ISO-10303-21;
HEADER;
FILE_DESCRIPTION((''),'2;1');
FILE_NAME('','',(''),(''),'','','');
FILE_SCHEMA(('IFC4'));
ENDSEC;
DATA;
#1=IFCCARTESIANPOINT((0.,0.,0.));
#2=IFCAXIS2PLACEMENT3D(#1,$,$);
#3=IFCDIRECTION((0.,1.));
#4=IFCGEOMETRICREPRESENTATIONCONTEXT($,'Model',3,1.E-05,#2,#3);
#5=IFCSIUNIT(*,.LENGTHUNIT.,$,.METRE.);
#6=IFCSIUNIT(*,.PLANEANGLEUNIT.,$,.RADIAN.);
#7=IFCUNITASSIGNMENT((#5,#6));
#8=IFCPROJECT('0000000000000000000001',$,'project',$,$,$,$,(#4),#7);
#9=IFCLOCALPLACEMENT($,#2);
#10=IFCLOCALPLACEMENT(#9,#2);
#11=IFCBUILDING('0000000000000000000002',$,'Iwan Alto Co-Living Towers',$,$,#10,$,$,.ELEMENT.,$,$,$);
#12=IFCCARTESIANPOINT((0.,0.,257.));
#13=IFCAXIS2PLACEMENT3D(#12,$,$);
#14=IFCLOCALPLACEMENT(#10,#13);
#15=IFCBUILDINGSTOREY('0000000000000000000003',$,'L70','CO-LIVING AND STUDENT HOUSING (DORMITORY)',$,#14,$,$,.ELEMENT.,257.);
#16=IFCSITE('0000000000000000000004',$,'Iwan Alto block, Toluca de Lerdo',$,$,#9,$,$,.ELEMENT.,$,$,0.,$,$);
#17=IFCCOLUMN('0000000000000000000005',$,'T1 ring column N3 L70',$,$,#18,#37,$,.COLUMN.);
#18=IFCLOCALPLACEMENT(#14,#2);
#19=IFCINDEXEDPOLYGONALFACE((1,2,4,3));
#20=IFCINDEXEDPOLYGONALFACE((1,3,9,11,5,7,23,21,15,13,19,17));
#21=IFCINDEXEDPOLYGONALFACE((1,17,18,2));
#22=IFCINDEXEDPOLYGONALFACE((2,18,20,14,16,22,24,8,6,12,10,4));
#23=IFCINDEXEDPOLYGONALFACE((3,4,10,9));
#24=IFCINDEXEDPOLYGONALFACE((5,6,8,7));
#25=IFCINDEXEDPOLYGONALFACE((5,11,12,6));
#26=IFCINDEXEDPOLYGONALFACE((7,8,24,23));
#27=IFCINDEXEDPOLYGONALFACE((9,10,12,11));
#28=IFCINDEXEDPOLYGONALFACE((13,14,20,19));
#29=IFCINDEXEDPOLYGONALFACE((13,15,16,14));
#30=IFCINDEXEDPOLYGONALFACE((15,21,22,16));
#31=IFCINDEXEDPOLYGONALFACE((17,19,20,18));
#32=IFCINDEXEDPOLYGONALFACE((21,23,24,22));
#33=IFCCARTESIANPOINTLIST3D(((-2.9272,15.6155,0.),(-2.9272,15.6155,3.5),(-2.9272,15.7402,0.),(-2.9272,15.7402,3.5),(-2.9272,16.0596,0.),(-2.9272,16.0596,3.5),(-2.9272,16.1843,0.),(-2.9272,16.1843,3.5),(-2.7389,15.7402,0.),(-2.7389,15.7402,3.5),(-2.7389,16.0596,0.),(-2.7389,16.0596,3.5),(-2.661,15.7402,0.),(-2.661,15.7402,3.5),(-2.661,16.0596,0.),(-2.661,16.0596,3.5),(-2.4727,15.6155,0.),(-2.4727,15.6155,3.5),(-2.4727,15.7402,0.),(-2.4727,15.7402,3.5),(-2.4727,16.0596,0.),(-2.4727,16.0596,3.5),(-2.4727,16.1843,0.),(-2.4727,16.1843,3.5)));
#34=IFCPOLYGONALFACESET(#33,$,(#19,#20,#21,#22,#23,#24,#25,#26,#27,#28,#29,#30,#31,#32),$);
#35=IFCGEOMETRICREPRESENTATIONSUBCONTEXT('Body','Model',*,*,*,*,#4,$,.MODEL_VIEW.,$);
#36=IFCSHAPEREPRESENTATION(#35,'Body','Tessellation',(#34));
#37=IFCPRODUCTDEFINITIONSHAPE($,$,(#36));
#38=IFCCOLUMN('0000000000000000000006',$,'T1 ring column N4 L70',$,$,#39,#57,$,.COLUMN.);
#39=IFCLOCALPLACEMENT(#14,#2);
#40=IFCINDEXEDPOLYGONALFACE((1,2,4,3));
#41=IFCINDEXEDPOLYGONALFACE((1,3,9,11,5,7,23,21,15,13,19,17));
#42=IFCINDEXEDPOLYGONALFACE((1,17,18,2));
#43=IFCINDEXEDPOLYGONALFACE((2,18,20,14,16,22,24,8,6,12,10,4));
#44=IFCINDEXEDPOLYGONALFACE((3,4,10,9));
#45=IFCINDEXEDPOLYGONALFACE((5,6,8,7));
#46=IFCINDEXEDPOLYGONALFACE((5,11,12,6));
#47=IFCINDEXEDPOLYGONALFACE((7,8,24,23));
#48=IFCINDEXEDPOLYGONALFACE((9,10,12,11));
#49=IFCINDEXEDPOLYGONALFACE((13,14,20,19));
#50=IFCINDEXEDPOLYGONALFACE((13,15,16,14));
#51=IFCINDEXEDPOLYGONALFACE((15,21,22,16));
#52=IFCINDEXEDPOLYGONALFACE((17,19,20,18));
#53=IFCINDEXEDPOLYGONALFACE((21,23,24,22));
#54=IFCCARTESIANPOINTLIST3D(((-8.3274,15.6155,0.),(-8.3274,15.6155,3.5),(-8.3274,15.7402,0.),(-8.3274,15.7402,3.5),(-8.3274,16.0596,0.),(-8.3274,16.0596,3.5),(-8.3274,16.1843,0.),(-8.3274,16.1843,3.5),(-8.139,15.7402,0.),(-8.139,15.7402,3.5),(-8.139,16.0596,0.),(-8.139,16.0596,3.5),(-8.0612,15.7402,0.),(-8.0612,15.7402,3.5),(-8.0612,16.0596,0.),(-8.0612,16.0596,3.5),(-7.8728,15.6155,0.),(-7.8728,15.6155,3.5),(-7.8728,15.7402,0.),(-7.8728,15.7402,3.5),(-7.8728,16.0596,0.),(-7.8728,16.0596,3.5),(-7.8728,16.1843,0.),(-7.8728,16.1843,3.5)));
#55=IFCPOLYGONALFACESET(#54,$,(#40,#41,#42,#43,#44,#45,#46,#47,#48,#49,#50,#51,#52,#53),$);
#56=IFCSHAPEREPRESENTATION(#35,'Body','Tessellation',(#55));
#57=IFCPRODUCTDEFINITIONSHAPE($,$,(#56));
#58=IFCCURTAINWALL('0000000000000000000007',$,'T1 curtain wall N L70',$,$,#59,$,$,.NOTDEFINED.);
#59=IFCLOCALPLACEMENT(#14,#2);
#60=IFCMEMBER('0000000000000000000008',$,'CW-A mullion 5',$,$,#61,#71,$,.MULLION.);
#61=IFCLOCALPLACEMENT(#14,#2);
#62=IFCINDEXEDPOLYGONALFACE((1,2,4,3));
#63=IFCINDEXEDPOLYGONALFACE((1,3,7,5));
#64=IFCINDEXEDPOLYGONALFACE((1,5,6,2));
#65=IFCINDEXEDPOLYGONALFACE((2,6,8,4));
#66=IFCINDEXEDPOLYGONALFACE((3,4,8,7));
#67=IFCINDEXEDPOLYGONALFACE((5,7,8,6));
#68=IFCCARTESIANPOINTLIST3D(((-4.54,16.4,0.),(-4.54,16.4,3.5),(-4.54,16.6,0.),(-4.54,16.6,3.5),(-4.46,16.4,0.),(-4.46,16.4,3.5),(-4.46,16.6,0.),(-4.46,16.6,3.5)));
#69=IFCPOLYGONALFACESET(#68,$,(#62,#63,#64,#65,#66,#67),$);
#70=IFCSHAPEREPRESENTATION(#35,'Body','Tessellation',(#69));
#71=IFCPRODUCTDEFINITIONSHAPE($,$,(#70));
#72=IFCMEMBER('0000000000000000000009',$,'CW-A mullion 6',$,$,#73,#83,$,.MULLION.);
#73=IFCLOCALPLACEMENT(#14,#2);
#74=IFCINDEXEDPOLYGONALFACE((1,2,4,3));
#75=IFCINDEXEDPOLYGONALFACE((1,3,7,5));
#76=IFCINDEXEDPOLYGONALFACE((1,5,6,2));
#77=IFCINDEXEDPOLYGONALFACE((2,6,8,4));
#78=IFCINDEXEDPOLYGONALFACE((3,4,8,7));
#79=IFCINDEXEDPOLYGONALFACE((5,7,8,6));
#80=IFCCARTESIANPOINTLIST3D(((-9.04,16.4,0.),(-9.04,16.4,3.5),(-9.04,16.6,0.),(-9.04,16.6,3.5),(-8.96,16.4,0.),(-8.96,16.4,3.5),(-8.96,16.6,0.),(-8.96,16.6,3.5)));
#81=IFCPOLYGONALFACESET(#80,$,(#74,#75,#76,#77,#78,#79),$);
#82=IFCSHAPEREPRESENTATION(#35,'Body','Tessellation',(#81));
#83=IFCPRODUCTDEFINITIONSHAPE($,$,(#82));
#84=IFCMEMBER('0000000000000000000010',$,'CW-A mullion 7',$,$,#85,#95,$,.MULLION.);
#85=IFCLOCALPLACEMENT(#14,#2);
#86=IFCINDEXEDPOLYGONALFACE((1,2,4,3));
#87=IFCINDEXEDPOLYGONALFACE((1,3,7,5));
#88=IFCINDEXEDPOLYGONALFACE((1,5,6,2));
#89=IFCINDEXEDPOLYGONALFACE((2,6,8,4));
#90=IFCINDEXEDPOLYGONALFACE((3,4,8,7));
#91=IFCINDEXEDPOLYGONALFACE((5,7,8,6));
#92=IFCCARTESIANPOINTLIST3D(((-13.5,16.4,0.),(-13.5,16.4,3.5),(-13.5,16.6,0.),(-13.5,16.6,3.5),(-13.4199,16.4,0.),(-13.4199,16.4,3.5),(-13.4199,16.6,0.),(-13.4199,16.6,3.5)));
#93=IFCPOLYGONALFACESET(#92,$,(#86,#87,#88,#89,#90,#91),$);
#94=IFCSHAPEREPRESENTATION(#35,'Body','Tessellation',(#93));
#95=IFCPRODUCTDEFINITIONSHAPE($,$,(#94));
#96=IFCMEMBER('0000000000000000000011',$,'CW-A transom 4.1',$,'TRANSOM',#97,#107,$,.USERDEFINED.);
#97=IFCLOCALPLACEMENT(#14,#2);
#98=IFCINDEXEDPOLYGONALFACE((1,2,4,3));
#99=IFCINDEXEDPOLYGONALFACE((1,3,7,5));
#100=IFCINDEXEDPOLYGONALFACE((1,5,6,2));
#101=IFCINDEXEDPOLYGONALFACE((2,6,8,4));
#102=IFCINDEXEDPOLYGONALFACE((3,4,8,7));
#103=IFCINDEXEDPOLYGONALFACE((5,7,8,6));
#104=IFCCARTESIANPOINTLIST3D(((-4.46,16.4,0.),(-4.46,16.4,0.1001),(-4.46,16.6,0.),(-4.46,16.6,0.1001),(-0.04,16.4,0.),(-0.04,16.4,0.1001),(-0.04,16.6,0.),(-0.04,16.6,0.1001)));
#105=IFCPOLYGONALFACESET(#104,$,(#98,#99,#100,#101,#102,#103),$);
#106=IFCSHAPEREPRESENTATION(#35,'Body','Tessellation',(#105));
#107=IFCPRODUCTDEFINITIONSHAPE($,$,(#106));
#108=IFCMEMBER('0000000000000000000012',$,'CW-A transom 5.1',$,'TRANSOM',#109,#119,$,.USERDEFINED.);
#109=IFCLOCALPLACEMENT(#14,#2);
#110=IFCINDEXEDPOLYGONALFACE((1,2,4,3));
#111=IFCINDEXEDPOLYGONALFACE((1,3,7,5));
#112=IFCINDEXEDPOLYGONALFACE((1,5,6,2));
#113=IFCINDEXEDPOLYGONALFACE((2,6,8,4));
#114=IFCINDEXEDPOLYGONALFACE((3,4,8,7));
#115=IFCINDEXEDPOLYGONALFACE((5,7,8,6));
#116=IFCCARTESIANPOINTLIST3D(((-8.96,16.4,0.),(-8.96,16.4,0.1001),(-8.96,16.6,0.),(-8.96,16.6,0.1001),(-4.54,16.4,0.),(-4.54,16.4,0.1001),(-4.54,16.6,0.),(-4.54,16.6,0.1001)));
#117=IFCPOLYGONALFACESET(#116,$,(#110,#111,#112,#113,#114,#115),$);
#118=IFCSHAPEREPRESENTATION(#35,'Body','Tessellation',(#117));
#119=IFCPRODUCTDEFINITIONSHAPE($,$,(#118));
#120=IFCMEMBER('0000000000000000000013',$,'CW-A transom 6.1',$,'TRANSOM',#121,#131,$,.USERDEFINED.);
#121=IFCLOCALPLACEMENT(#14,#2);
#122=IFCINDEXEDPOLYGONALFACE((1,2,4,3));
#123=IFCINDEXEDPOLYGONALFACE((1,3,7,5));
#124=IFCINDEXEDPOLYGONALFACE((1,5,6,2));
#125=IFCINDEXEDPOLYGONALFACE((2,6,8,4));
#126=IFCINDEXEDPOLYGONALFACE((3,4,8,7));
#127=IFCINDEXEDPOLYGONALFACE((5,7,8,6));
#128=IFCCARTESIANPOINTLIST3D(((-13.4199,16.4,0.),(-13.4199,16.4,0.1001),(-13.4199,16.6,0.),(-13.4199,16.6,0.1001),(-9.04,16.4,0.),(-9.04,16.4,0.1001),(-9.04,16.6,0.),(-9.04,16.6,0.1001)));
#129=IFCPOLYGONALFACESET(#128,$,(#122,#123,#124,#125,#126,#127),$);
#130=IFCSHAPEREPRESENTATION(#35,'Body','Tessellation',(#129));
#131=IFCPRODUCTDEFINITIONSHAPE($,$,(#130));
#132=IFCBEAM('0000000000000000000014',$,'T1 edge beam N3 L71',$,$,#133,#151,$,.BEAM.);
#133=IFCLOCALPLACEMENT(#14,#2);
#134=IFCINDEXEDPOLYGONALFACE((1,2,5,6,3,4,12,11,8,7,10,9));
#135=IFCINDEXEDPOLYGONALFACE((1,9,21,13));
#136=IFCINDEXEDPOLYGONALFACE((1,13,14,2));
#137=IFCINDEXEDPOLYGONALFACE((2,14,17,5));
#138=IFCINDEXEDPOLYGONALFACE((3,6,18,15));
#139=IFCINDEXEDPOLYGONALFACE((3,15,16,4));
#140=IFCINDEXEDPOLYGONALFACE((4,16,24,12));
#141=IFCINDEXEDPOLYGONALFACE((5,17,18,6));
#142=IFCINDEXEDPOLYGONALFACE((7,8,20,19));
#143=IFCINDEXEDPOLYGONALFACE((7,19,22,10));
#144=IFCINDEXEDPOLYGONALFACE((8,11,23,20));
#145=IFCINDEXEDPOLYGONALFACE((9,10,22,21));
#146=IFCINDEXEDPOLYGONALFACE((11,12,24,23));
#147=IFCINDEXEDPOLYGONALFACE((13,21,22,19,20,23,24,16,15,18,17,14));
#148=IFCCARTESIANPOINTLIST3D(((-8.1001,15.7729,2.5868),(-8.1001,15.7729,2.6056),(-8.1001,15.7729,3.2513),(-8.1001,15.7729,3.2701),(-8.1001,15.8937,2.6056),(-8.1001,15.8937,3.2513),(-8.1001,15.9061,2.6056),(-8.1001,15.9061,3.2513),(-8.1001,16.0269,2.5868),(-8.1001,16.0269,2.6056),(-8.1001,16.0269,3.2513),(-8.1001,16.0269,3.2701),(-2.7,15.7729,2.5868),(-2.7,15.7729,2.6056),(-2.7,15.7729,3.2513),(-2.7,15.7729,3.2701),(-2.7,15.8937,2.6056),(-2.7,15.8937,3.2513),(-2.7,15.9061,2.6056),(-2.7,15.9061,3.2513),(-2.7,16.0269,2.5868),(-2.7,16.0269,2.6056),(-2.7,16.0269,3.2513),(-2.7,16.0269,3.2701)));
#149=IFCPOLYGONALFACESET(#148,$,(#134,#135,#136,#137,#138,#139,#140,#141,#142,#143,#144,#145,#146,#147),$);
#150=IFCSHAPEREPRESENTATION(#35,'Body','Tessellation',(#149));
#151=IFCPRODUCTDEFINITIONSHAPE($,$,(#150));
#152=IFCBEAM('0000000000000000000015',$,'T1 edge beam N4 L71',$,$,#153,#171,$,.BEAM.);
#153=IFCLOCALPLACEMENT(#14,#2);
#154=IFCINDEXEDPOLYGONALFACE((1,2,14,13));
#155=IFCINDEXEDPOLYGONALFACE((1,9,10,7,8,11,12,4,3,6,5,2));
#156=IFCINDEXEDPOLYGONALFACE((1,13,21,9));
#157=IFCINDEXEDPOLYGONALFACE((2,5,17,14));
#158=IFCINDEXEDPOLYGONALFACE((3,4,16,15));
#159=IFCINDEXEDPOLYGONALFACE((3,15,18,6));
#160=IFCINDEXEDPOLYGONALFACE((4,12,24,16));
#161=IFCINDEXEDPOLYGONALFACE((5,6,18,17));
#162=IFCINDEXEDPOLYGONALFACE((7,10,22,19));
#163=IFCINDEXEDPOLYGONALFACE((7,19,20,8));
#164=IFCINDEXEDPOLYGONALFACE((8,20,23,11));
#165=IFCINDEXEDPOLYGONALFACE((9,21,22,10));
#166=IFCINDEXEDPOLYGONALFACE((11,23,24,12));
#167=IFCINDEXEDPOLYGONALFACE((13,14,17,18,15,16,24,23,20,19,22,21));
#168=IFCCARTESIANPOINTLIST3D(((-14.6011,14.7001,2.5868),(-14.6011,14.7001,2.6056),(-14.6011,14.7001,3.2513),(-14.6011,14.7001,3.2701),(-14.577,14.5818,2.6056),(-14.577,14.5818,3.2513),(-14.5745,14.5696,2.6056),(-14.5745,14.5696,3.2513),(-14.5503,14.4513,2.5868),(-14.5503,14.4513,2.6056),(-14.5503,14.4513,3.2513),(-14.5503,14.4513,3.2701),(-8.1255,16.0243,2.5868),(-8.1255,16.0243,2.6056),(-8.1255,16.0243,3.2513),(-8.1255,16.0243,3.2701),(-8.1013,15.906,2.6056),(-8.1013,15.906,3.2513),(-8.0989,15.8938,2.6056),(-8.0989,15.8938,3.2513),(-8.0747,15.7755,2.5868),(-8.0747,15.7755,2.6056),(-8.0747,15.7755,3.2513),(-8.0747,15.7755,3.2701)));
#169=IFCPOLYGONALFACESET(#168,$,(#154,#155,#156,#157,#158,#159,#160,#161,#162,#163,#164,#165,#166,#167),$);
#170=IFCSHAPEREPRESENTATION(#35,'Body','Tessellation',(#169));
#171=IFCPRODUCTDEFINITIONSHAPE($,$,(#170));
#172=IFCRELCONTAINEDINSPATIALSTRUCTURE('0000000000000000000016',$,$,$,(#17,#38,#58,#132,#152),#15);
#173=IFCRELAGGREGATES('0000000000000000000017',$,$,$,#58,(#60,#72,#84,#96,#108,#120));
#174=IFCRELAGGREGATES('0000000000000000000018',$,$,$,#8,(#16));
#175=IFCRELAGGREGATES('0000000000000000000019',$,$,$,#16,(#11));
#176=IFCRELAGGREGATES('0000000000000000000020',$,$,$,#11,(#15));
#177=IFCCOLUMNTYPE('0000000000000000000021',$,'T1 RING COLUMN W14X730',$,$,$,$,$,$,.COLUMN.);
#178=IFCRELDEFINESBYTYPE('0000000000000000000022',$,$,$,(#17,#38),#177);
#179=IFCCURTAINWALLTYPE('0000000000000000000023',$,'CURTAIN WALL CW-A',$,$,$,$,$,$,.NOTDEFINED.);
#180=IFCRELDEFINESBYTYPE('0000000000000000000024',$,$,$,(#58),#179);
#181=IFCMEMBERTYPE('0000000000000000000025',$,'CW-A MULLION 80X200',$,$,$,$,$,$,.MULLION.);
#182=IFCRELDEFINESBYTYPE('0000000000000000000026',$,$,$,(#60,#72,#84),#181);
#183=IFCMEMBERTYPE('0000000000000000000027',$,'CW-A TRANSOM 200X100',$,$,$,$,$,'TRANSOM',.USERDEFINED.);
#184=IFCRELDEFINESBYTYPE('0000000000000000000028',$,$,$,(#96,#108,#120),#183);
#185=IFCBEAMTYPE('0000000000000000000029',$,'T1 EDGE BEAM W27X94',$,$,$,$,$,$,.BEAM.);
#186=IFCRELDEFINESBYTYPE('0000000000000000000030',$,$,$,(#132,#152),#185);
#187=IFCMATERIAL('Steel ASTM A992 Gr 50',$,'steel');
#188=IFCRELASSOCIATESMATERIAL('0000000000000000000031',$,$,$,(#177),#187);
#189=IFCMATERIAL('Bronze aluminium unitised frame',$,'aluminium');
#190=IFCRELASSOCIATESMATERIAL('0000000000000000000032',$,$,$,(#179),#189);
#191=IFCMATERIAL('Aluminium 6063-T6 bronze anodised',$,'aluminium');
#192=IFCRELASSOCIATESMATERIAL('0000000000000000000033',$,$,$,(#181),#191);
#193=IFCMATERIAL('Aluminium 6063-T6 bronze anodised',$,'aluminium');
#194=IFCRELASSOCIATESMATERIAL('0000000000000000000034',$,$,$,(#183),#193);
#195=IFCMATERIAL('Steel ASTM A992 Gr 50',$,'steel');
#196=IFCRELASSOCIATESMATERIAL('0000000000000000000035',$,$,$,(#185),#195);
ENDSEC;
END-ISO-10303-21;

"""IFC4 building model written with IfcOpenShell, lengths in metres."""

from ifc_helpers import new_model, si_unit, direction, frame, origin, origin_2d, place, context, subcontext, project, spatial, rectangle, i_section, extrude, material, material_profile, profile_set, type_object, element, aggregate, save


model = new_model("IFC4")

# Units and contexts
model_context = context("Model", 3, precision=1e-05, world=origin(), true_north=direction((0.0, 1.0)))
body_context = subcontext(model_context, "Body", "Model", "MODEL_VIEW")
ifc_project = project(units=[si_unit("LENGTHUNIT", "METRE"), si_unit("PLANEANGLEUNIT", "RADIAN")], contexts=[model_context])

# Site, building, storey
site_placement = place(None, origin())
site = spatial("IfcSite", under=ifc_project, at=site_placement, Name="Iwan Alto block, Toluca de Lerdo", CompositionType="ELEMENT", RefElevation=0.0)
building_placement = place(site_placement, origin())
building = spatial("IfcBuilding", under=site, at=building_placement, Name="Iwan Alto Co-Living Towers", CompositionType="ELEMENT")
storey_placement = place(building_placement, frame((0.0, 0.0, 257.0)))
storey = spatial("IfcBuildingStorey", under=building, at=storey_placement, Name="L70", Description="CO-LIVING AND STUDENT HOUSING (DORMITORY)", CompositionType="ELEMENT", Elevation=257.0)

# Columns
ifc_material_1 = material(Name="Steel ASTM A992 Gr 50", Category="steel")
ifc_material_profile_1 = material_profile(ifc_material_1, i_section(OverallWidth=0.4546, OverallDepth=0.5688, WebThickness=0.0779, FlangeThickness=0.1248, at=origin_2d()), Name="W14X730")
ifc_profile_set_1 = profile_set([ifc_material_profile_1], Name="Steel ASTM A992 Gr 50")
column_type = type_object("IfcColumnType", Name="T1 RING COLUMN W14X730", PredefinedType="COLUMN", material=ifc_profile_set_1)
for number, where, z_axis, x_axis, name in (
    (1, (-2.7, 15.8999, 0.0), (0.0, 0.0, 1.0), (1.0, 0.0, 0.0), "T1 ring column N3 L70"),
    (2, (-8.1001, 15.8999, 0.0), (0.0, 0.0, 1.0), (1.0, 0.0, 0.0), "T1 ring column N4 L70"),
):
    element("IfcColumn", number, at=place(storey_placement, frame(where, z_axis=z_axis, x_axis=x_axis)), inside=storey, type_object=column_type, Name=name, PredefinedType="COLUMN", context=body_context, shape_type="SweptSolid", body=[
        extrude(i_section(OverallWidth=0.4546, OverallDepth=0.5688, WebThickness=0.0779, FlangeThickness=0.1248, at=origin_2d()), origin(), (0.0, 0.0, 1.0), 3.5),
    ])

# Curtain wall, members
ifc_material_2 = material(Name="Bronze aluminium unitised frame", Category="aluminium")
curtain_wall_type = type_object("IfcCurtainWallType", Name="CURTAIN WALL CW-A", PredefinedType="NOTDEFINED", material=ifc_material_2)
curtain_wall_placement = place(storey_placement, origin())
curtain_wall = element("IfcCurtainWall", 3, at=curtain_wall_placement, inside=storey, type_object=curtain_wall_type, Name="T1 curtain wall N L70", PredefinedType="NOTDEFINED")
ifc_material_3 = material(Name="Aluminium 6063-T6 bronze anodised", Category="aluminium")
ifc_material_profile_2 = material_profile(ifc_material_3, rectangle(XDim=0.2, YDim=0.0801, at=origin_2d()), Name="AL 80X200")
ifc_profile_set_2 = profile_set([ifc_material_profile_2], Name="Aluminium 6063-T6 bronze anodised")
member_type_1 = type_object("IfcMemberType", Name="CW-A MULLION 80X200", PredefinedType="MULLION", material=ifc_profile_set_2)
member_1_placement = place(storey_placement, frame((-4.5, 16.5, 0.0), z_axis=(0.0, 0.0, 1.0), x_axis=(0.0, -1.0, 0.0)))
member_1 = element("IfcMember", 4, at=member_1_placement, type_object=member_type_1, Name="CW-A mullion 5", PredefinedType="MULLION", context=body_context, shape_type="SweptSolid", body=[
    extrude(rectangle(XDim=0.2, YDim=0.0801, at=origin_2d()), origin(), (0.0, 0.0, 1.0), 3.5),
])
member_2_placement = place(storey_placement, frame((-9.0, 16.5, 0.0), z_axis=(0.0, 0.0, 1.0), x_axis=(0.0, -1.0, 0.0)))
member_2 = element("IfcMember", 5, at=member_2_placement, type_object=member_type_1, Name="CW-A mullion 6", PredefinedType="MULLION", context=body_context, shape_type="SweptSolid", body=[
    extrude(rectangle(XDim=0.2, YDim=0.0801, at=origin_2d()), origin(), (0.0, 0.0, 1.0), 3.5),
])
member_3_placement = place(storey_placement, frame((-13.46, 16.5, 0.0), z_axis=(0.0, 0.0, 1.0), x_axis=(0.0, -1.0, 0.0)))
member_3 = element("IfcMember", 6, at=member_3_placement, type_object=member_type_1, Name="CW-A mullion 7", PredefinedType="MULLION", context=body_context, shape_type="SweptSolid", body=[
    extrude(rectangle(XDim=0.2, YDim=0.0801, at=origin_2d()), origin(), (0.0, 0.0, 1.0), 3.5),
])
ifc_material_4 = material(Name="Aluminium 6063-T6 bronze anodised", Category="aluminium")
ifc_material_profile_3 = material_profile(ifc_material_4, rectangle(XDim=0.2, YDim=0.1001, at=origin_2d()), Name="AL 200X100")
ifc_profile_set_3 = profile_set([ifc_material_profile_3], Name="Aluminium 6063-T6 bronze anodised")
member_type_2 = type_object("IfcMemberType", Name="CW-A TRANSOM 200X100", ElementType="TRANSOM", PredefinedType="USERDEFINED", material=ifc_profile_set_3)
member_4_placement = place(storey_placement, frame((-0.04, 16.5, 0.05), z_axis=(-1.0, 0.0, 0.0), x_axis=(0.0, -1.0, 0.0)))
member_4 = element("IfcMember", 7, at=member_4_placement, type_object=member_type_2, Name="CW-A transom 4.1", ObjectType="TRANSOM", PredefinedType="USERDEFINED", context=body_context, shape_type="SweptSolid", body=[
    extrude(rectangle(XDim=0.2, YDim=0.1001, at=origin_2d()), origin(), (0.0, 0.0, 1.0), 4.4199),
])
member_5_placement = place(storey_placement, frame((-4.54, 16.5, 0.05), z_axis=(-1.0, 0.0, 0.0), x_axis=(0.0, -1.0, 0.0)))
member_5 = element("IfcMember", 8, at=member_5_placement, type_object=member_type_2, Name="CW-A transom 5.1", ObjectType="TRANSOM", PredefinedType="USERDEFINED", context=body_context, shape_type="SweptSolid", body=[
    extrude(rectangle(XDim=0.2, YDim=0.1001, at=origin_2d()), origin(), (0.0, 0.0, 1.0), 4.4199),
])
member_6_placement = place(storey_placement, frame((-9.04, 16.5, 0.05), z_axis=(-1.0, 0.0, 0.0), x_axis=(0.0, -1.0, 0.0)))
member_6 = element("IfcMember", 9, at=member_6_placement, type_object=member_type_2, Name="CW-A transom 6.1", ObjectType="TRANSOM", PredefinedType="USERDEFINED", context=body_context, shape_type="SweptSolid", body=[
    extrude(rectangle(XDim=0.2, YDim=0.1001, at=origin_2d()), origin(), (0.0, 0.0, 1.0), 4.3799),
])

# Beams
ifc_material_5 = material(Name="Steel ASTM A992 Gr 50", Category="steel")
ifc_material_profile_4 = material_profile(ifc_material_5, i_section(OverallWidth=0.2539, OverallDepth=0.6833, WebThickness=0.0125, FlangeThickness=0.0188, at=origin_2d()), Name="W27X94")
ifc_profile_set_4 = profile_set([ifc_material_profile_4], Name="Steel ASTM A992 Gr 50")
beam_type_1 = type_object("IfcBeamType", Name="T1 EDGE BEAM W27X94", PredefinedType="BEAM", material=ifc_profile_set_4)
beam_1_placement = place(storey_placement, frame((-2.7, 15.8999, 2.9285), z_axis=(-1.0, 0.0, 0.0), x_axis=(0.0, -1.0, 0.0)))
element("IfcBeam", 10, at=beam_1_placement, inside=storey, type_object=beam_type_1, Name="T1 edge beam N3 L71", PredefinedType="BEAM", context=body_context, shape_type="SweptSolid", body=[
    extrude(i_section(OverallWidth=0.2539, OverallDepth=0.6833, WebThickness=0.0125, FlangeThickness=0.0188, at=origin_2d()), origin(), (0.0, 0.0, 1.0), 5.4001),
])
beam_2_placement = place(storey_placement, frame((-8.1001, 15.8999, 2.9285), z_axis=(-0.979725, -0.200348, 0.0), x_axis=(0.200348, -0.979725, 0.0)))
element("IfcBeam", 11, at=beam_2_placement, inside=storey, type_object=beam_type_1, Name="T1 edge beam N4 L71", PredefinedType="BEAM", context=body_context, shape_type="SweptSolid", body=[
    extrude(i_section(OverallWidth=0.2539, OverallDepth=0.6833, WebThickness=0.0125, FlangeThickness=0.0188, at=origin_2d()), origin(), (0.0, 0.0, 1.0), 6.6096),
])

aggregate(curtain_wall, [member_1, member_2, member_3, member_4, member_5, member_6])

save(model, "model.ifc")
